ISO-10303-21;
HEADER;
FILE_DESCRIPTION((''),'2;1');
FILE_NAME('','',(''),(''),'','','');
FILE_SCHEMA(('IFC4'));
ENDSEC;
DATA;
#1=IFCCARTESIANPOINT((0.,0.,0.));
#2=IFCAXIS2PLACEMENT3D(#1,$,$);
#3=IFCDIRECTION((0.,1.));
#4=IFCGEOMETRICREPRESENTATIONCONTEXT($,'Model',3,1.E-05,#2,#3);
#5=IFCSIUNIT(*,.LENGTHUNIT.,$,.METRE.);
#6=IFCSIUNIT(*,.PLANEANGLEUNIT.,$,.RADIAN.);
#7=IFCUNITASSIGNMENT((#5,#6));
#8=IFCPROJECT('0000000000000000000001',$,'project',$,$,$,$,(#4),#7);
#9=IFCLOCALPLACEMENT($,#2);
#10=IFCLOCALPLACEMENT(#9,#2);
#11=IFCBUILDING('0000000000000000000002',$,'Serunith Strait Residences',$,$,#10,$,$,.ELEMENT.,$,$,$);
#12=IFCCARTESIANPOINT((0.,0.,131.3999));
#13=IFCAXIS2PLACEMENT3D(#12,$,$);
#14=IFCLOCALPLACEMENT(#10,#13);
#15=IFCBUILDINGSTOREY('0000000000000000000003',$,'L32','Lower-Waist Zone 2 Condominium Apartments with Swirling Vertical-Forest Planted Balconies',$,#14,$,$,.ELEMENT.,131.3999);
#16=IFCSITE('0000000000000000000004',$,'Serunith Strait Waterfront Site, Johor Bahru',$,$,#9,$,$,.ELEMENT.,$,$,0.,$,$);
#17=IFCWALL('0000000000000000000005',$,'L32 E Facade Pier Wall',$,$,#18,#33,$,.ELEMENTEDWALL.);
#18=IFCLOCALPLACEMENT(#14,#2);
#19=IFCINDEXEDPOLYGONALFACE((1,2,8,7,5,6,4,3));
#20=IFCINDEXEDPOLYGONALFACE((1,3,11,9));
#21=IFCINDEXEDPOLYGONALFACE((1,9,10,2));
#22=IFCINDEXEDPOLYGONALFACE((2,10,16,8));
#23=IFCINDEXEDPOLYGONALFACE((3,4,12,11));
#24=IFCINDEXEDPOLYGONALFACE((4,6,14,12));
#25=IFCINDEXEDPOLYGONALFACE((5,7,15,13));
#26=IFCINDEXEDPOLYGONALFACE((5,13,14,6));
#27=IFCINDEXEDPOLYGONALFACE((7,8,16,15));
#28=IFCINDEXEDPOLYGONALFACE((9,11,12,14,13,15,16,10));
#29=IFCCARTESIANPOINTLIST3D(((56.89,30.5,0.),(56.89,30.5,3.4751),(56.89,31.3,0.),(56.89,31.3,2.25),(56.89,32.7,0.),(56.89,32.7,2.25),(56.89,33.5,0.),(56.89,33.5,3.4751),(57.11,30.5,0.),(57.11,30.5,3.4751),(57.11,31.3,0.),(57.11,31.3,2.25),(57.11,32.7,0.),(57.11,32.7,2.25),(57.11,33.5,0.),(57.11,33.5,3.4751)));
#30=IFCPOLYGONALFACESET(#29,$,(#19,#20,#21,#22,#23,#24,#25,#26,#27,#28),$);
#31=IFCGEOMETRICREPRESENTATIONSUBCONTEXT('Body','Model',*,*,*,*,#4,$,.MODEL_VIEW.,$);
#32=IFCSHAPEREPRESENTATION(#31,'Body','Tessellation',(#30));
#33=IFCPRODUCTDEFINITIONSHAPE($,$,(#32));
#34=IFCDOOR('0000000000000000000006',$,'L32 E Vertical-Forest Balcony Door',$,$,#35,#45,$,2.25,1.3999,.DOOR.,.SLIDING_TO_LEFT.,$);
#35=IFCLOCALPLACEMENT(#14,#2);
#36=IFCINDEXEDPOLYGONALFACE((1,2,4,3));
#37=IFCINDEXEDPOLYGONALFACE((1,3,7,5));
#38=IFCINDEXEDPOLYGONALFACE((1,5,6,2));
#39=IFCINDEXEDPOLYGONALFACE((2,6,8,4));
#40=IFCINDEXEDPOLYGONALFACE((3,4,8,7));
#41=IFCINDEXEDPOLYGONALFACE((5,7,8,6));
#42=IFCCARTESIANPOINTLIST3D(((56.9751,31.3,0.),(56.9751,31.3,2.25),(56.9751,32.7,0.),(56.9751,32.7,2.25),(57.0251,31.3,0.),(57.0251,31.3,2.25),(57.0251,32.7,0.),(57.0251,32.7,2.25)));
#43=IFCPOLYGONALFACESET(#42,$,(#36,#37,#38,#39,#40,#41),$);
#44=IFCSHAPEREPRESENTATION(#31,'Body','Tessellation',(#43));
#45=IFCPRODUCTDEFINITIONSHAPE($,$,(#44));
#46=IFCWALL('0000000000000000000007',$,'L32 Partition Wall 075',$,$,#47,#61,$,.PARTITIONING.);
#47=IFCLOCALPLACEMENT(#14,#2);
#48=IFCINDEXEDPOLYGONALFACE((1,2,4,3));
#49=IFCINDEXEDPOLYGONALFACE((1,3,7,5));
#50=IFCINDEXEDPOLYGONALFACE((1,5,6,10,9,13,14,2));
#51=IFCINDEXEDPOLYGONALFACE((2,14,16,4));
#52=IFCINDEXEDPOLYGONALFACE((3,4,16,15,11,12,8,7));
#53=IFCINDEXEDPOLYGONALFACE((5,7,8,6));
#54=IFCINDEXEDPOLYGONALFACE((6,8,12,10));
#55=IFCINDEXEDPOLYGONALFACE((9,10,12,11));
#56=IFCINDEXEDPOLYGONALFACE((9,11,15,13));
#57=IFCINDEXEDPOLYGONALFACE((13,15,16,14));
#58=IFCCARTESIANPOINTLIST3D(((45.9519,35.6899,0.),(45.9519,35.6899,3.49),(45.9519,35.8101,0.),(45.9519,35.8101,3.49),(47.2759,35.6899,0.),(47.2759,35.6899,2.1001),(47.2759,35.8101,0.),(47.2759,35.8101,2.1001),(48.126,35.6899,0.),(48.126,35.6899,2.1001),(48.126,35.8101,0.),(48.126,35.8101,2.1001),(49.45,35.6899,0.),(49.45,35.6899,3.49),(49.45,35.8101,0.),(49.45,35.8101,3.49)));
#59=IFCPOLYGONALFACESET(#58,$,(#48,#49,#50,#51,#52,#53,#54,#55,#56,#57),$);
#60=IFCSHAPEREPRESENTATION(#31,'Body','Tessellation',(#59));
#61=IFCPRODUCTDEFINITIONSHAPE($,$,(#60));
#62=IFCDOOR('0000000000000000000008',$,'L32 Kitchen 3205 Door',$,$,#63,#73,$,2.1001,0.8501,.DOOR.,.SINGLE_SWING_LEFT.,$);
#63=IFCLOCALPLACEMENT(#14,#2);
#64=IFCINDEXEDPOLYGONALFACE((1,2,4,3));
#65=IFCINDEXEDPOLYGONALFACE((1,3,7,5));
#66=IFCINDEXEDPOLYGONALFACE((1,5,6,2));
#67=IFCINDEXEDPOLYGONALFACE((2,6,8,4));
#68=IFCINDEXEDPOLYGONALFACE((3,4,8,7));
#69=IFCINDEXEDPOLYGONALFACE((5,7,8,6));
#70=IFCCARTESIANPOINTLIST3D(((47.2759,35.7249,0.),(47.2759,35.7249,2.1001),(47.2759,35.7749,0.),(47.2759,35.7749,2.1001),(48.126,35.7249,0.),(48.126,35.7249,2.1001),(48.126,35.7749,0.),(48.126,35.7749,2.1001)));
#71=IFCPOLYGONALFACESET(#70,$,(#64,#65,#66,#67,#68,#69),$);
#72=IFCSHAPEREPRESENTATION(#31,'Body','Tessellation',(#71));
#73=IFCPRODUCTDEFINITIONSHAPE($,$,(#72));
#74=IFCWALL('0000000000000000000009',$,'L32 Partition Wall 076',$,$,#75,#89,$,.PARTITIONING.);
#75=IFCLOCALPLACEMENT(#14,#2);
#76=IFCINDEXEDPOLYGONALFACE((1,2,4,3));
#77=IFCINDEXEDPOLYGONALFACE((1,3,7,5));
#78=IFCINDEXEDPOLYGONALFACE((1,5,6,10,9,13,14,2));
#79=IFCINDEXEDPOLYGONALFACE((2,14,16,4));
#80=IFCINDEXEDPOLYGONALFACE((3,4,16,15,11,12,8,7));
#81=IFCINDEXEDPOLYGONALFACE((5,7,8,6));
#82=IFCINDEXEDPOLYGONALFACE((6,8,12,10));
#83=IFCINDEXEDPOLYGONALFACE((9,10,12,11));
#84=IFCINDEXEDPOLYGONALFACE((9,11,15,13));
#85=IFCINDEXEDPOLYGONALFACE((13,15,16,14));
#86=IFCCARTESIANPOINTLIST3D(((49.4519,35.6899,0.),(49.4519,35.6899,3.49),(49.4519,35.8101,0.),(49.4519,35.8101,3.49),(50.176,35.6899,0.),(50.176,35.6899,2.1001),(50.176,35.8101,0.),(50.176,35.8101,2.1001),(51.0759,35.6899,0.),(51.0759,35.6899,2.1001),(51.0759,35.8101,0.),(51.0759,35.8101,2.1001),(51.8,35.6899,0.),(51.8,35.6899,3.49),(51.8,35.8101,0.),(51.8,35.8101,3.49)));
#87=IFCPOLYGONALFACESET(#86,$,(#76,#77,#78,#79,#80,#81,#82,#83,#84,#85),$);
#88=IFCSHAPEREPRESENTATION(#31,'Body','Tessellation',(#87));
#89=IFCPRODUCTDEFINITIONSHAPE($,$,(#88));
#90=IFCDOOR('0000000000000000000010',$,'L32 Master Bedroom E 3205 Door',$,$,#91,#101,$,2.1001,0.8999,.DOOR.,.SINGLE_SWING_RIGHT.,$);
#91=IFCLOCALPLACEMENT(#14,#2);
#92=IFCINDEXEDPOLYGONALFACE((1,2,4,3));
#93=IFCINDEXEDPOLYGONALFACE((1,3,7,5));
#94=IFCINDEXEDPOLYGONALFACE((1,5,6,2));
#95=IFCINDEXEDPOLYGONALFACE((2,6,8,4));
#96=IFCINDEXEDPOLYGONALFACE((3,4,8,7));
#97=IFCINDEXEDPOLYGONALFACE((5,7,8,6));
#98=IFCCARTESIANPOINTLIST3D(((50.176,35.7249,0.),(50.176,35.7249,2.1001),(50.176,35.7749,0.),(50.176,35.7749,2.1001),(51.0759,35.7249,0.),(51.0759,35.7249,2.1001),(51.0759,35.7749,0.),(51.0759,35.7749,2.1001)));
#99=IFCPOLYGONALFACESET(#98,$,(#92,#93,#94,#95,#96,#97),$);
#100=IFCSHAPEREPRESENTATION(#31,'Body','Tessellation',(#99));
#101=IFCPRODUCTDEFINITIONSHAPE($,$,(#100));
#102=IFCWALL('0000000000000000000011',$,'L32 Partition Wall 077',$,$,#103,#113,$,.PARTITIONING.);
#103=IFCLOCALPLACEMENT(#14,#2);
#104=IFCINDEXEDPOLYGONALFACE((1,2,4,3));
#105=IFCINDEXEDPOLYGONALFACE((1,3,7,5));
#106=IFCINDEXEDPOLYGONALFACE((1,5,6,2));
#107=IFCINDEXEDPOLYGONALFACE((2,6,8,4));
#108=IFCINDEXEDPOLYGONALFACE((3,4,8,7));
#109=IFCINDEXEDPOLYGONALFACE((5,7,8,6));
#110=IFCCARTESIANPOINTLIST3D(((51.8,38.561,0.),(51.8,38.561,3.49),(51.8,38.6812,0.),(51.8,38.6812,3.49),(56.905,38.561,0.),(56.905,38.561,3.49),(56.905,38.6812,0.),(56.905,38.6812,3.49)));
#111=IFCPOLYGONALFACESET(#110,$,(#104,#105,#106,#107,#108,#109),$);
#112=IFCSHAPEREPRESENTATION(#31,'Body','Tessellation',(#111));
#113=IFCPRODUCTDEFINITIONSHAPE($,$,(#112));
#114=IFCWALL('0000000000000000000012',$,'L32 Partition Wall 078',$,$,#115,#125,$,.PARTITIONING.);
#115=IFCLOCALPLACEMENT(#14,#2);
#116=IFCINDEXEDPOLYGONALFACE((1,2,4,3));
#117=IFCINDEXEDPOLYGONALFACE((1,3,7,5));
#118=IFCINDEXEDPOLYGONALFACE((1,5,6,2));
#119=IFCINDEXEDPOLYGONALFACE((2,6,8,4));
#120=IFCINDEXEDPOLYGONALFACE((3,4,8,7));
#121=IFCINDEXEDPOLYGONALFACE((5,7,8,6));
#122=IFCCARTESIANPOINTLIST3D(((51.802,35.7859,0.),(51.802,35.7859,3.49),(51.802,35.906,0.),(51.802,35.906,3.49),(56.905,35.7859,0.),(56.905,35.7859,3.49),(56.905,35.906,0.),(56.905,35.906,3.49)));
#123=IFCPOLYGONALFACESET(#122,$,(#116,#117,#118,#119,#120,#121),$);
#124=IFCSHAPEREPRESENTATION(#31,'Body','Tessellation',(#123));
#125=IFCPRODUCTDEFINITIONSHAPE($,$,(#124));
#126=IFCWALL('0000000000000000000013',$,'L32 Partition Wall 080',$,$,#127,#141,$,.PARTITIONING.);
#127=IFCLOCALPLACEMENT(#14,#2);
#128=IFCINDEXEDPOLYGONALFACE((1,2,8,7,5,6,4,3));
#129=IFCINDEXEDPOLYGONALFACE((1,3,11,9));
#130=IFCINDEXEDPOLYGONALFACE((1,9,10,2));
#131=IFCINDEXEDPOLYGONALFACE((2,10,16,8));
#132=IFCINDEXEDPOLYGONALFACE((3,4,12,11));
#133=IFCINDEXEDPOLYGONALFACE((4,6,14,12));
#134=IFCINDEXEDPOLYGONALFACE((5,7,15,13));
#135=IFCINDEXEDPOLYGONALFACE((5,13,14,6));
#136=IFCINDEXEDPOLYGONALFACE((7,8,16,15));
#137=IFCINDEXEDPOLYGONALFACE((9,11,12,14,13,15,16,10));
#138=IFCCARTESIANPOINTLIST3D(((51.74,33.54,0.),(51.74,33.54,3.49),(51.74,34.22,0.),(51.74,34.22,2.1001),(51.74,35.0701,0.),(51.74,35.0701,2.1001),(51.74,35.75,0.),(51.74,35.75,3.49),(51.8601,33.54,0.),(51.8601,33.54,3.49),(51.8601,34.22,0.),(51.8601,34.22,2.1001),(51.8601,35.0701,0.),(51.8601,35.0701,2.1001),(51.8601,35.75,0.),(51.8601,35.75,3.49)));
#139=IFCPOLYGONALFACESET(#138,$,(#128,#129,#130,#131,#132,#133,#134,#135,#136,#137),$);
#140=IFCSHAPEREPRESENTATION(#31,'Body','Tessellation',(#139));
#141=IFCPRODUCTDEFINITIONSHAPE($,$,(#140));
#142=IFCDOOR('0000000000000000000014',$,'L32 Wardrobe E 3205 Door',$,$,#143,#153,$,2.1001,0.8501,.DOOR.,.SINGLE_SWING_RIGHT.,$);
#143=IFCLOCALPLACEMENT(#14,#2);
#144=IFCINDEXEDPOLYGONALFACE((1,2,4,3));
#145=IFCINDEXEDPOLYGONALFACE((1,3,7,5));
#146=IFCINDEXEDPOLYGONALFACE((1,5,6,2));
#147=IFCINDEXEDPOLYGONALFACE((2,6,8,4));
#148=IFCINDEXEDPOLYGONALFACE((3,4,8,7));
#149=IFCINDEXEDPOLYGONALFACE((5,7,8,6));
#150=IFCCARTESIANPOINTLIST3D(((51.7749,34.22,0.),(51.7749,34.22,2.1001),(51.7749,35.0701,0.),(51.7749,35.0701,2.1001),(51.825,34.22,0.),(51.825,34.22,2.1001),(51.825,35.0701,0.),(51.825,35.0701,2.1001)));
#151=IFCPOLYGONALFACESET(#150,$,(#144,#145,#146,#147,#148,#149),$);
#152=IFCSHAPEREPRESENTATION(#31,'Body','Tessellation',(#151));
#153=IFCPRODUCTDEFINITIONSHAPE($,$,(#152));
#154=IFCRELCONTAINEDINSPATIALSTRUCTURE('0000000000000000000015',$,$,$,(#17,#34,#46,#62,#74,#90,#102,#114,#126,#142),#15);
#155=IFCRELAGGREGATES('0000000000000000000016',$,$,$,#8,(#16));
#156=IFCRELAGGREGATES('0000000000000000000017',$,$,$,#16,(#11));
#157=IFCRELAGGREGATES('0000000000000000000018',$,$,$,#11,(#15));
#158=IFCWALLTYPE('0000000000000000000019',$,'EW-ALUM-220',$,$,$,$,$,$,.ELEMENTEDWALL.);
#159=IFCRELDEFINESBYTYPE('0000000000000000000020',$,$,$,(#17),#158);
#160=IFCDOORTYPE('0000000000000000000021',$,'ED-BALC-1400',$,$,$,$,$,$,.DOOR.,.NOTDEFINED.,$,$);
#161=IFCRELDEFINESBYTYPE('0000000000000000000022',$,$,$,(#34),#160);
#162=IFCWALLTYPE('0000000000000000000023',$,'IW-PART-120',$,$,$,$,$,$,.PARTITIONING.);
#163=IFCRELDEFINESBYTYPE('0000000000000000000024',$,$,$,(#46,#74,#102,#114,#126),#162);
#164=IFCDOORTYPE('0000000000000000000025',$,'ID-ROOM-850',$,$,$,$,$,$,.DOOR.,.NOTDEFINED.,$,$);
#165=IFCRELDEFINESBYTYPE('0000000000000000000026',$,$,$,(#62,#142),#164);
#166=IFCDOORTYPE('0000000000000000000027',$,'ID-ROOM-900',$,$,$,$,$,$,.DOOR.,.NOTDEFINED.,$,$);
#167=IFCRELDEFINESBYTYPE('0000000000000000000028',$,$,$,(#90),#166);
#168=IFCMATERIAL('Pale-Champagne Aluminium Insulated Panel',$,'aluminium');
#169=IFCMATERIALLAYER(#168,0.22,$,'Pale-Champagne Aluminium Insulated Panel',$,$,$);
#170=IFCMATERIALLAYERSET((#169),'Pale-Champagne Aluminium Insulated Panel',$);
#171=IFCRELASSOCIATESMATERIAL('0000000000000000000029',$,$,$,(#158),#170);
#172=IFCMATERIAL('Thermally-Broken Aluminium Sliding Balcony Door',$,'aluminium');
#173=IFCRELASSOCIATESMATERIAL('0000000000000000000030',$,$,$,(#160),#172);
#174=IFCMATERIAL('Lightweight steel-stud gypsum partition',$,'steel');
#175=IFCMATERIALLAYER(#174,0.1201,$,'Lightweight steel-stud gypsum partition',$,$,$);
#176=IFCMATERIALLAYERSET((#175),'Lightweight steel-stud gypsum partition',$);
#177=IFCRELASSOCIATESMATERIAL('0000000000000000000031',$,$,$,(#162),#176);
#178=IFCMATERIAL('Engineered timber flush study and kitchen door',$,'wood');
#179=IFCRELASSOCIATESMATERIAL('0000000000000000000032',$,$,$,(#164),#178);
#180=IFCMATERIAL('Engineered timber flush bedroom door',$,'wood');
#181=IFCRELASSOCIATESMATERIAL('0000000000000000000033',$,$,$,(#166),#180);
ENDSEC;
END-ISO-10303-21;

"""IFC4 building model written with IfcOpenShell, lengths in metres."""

from ifc_helpers import new_model, si_unit, direction, frame, frame_2d, origin, place, context, subcontext, project, spatial, rectangle, extrude, source, transform, mapped, material, layer, layer_set, type_object, element, fill, save


model = new_model("IFC4")

# Units and contexts
model_context = context("Model", 3, precision=1e-05, world=origin(), true_north=direction((0.0, 1.0)))
body_context = subcontext(model_context, "Body", "Model", "MODEL_VIEW")
ifc_project = project(units=[si_unit("LENGTHUNIT", "METRE"), si_unit("PLANEANGLEUNIT", "RADIAN")], contexts=[model_context])

# Site, building, storey
site_placement = place(None, origin())
site = spatial("IfcSite", under=ifc_project, at=site_placement, Name="Serunith Strait Waterfront Site, Johor Bahru", CompositionType="ELEMENT", RefElevation=0.0)
building_placement = place(site_placement, origin())
building = spatial("IfcBuilding", under=site, at=building_placement, Name="Serunith Strait Residences", CompositionType="ELEMENT")
storey_placement = place(building_placement, frame((0.0, 0.0, 131.3999)))
storey = spatial("IfcBuildingStorey", under=building, at=storey_placement, Name="L32", Description="Lower-Waist Zone 2 Condominium Apartments with Swirling Vertical-Forest Planted Balconies", CompositionType="ELEMENT", Elevation=131.3999)

# Walls, openings, doors
ifc_material_1 = material(Name="Pale-Champagne Aluminium Insulated Panel", Category="aluminium")
ifc_layer_1 = layer(ifc_material_1, 0.22, Name="Pale-Champagne Aluminium Insulated Panel")
ifc_layer_set_1 = layer_set([ifc_layer_1], Name="Pale-Champagne Aluminium Insulated Panel")
wall_type_1 = type_object("IfcWallType", Name="EW-ALUM-220", PredefinedType="ELEMENTEDWALL", material=ifc_layer_set_1)
wall_1_placement = place(storey_placement, frame((57.0, 30.5, 0.0), z_axis=(0.0, 0.0, 1.0), x_axis=(0.0, 1.0, 0.0)))
wall_1 = element("IfcWall", 1, at=wall_1_placement, inside=storey, type_object=wall_type_1, Name="L32 E Facade Pier Wall", PredefinedType="ELEMENTEDWALL", context=body_context, shape_type="SweptSolid", body=[
    extrude(rectangle(XDim=3.0, YDim=0.22, at=frame_2d((1.5, 0.0))), origin(), (0.0, 0.0, 1.0), 3.4751),
])
opening_1_placement = place(wall_1_placement, frame((0.8, 0.0, 0.0)))
opening_1 = element("IfcOpeningElement", 2, at=opening_1_placement, cuts=wall_1, PredefinedType="OPENING", context=body_context, shape_type="SweptSolid", body=[
    extrude(rectangle(XDim=1.3999, YDim=2.25, at=frame_2d((0.7, 1.125))), frame((0.0, 0.1201, 0.0), z_axis=(0.0, -1.0, 0.0), x_axis=(1.0, 0.0, 0.0)), (0.0, 0.0, 1.0), 0.24),
])
ifc_material_2 = material(Name="Thermally-Broken Aluminium Sliding Balcony Door", Category="aluminium")
door_type_1 = type_object("IfcDoorType", Name="ED-BALC-1400", OperationType="NOTDEFINED", PredefinedType="DOOR", material=ifc_material_2)
shared_shape_1 = source(origin(), body_context, "Body", "SweptSolid", [
    extrude(rectangle(XDim=1.3999, YDim=2.25, at=frame_2d((0.7, 1.125))), frame((0.0, 0.0249, 0.0), z_axis=(0.0, -1.0, 0.0), x_axis=(1.0, 0.0, 0.0)), (0.0, 0.0, 1.0), 0.05),
])
door_1_placement = place(opening_1_placement, origin())
door_1 = element("IfcDoor", 3, at=door_1_placement, inside=storey, type_object=door_type_1, Name="L32 E Vertical-Forest Balcony Door", OperationType="SLIDING_TO_LEFT", OverallHeight=2.25, OverallWidth=1.3999, PredefinedType="DOOR", context=body_context, shape_type="MappedRepresentation", body=[
    mapped(shared_shape_1, transform((0.0, 0.0, 0.0), scale=1.0)),
])
fill(opening_1, door_1)
ifc_material_3 = material(Name="Lightweight steel-stud gypsum partition", Category="steel")
ifc_layer_2 = layer(ifc_material_3, 0.1201, Name="Lightweight steel-stud gypsum partition")
ifc_layer_set_2 = layer_set([ifc_layer_2], Name="Lightweight steel-stud gypsum partition")
wall_type_2 = type_object("IfcWallType", Name="IW-PART-120", PredefinedType="PARTITIONING", material=ifc_layer_set_2)
wall_2_placement = place(storey_placement, frame((45.9519, 35.75, 0.0), z_axis=(0.0, 0.0, 1.0), x_axis=(1.0, 0.0, 0.0)))
wall_2 = element("IfcWall", 4, at=wall_2_placement, inside=storey, type_object=wall_type_2, Name="L32 Partition Wall 075", PredefinedType="PARTITIONING", context=body_context, shape_type="SweptSolid", body=[
    extrude(rectangle(XDim=3.498, YDim=0.1201, at=frame_2d((1.749, 0.0))), origin(), (0.0, 0.0, 1.0), 3.49),
])
opening_2_placement = place(wall_2_placement, frame((1.324, 0.0, 0.0)))
opening_2 = element("IfcOpeningElement", 5, at=opening_2_placement, cuts=wall_2, PredefinedType="OPENING", context=body_context, shape_type="SweptSolid", body=[
    extrude(rectangle(XDim=0.8501, YDim=2.1001, at=frame_2d((0.425, 1.05))), frame((0.0, 0.0701, 0.0), z_axis=(0.0, -1.0, 0.0), x_axis=(1.0, 0.0, 0.0)), (0.0, 0.0, 1.0), 0.1401),
])
ifc_material_4 = material(Name="Engineered timber flush study and kitchen door", Category="wood")
door_type_2 = type_object("IfcDoorType", Name="ID-ROOM-850", OperationType="NOTDEFINED", PredefinedType="DOOR", material=ifc_material_4)
shared_shape_2 = source(origin(), body_context, "Body", "SweptSolid", [
    extrude(rectangle(XDim=0.8501, YDim=2.1001, at=frame_2d((0.425, 1.05))), frame((0.0, 0.0249, 0.0), z_axis=(0.0, -1.0, 0.0), x_axis=(1.0, 0.0, 0.0)), (0.0, 0.0, 1.0), 0.05),
])
door_2_placement = place(opening_2_placement, origin())
door_2 = element("IfcDoor", 6, at=door_2_placement, inside=storey, type_object=door_type_2, Name="L32 Kitchen 3205 Door", OperationType="SINGLE_SWING_LEFT", OverallHeight=2.1001, OverallWidth=0.8501, PredefinedType="DOOR", context=body_context, shape_type="MappedRepresentation", body=[
    mapped(shared_shape_2, transform((0.0, 0.0, 0.0), scale=1.0)),
])
fill(opening_2, door_2)
wall_3_placement = place(storey_placement, frame((49.4519, 35.75, 0.0), z_axis=(0.0, 0.0, 1.0), x_axis=(1.0, 0.0, 0.0)))
wall_3 = element("IfcWall", 7, at=wall_3_placement, inside=storey, type_object=wall_type_2, Name="L32 Partition Wall 076", PredefinedType="PARTITIONING", context=body_context, shape_type="SweptSolid", body=[
    extrude(rectangle(XDim=2.3481, YDim=0.1201, at=frame_2d((1.1741, 0.0))), origin(), (0.0, 0.0, 1.0), 3.49),
])
opening_3_placement = place(wall_3_placement, frame((0.7241, 0.0, 0.0)))
opening_3 = element("IfcOpeningElement", 8, at=opening_3_placement, cuts=wall_3, PredefinedType="OPENING", context=body_context, shape_type="SweptSolid", body=[
    extrude(rectangle(XDim=0.8999, YDim=2.1001, at=frame_2d((0.45, 1.05))), frame((0.0, 0.0701, 0.0), z_axis=(0.0, -1.0, 0.0), x_axis=(1.0, 0.0, 0.0)), (0.0, 0.0, 1.0), 0.1401),
])
ifc_material_5 = material(Name="Engineered timber flush bedroom door", Category="wood")
door_type_3 = type_object("IfcDoorType", Name="ID-ROOM-900", OperationType="NOTDEFINED", PredefinedType="DOOR", material=ifc_material_5)
shared_shape_3 = source(origin(), body_context, "Body", "SweptSolid", [
    extrude(rectangle(XDim=0.8999, YDim=2.1001, at=frame_2d((0.45, 1.05))), frame((0.0, 0.0249, 0.0), z_axis=(0.0, -1.0, 0.0), x_axis=(1.0, 0.0, 0.0)), (0.0, 0.0, 1.0), 0.05),
])
door_3_placement = place(opening_3_placement, origin())
door_3 = element("IfcDoor", 9, at=door_3_placement, inside=storey, type_object=door_type_3, Name="L32 Master Bedroom E 3205 Door", OperationType="SINGLE_SWING_RIGHT", OverallHeight=2.1001, OverallWidth=0.8999, PredefinedType="DOOR", context=body_context, shape_type="MappedRepresentation", body=[
    mapped(shared_shape_3, transform((0.0, 0.0, 0.0), scale=1.0)),
])
fill(opening_3, door_3)

# Walls
wall_4_placement = place(storey_placement, frame((51.8, 38.6211, 0.0), z_axis=(0.0, 0.0, 1.0), x_axis=(1.0, 0.0, 0.0)))
element("IfcWall", 10, at=wall_4_placement, inside=storey, type_object=wall_type_2, Name="L32 Partition Wall 077", PredefinedType="PARTITIONING", context=body_context, shape_type="SweptSolid", body=[
    extrude(rectangle(XDim=5.105, YDim=0.1201, at=frame_2d((2.5525, 0.0))), origin(), (0.0, 0.0, 1.0), 3.49),
])
wall_5_placement = place(storey_placement, frame((51.802, 35.8459, 0.0), z_axis=(0.0, 0.0, 1.0), x_axis=(1.0, 0.0, 0.0)))
element("IfcWall", 11, at=wall_5_placement, inside=storey, type_object=wall_type_2, Name="L32 Partition Wall 078", PredefinedType="PARTITIONING", context=body_context, shape_type="SweptSolid", body=[
    extrude(rectangle(XDim=5.103, YDim=0.1201, at=frame_2d((2.5515, 0.0))), origin(), (0.0, 0.0, 1.0), 3.49),
])

# Wall, opening, door
wall_6_placement = place(storey_placement, frame((51.8, 35.75, 0.0), z_axis=(0.0, 0.0, 1.0), x_axis=(0.0, -1.0, 0.0)))
wall_6 = element("IfcWall", 12, at=wall_6_placement, inside=storey, type_object=wall_type_2, Name="L32 Partition Wall 080", PredefinedType="PARTITIONING", context=body_context, shape_type="SweptSolid", body=[
    extrude(rectangle(XDim=2.21, YDim=0.1201, at=frame_2d((1.105, 0.0))), origin(), (0.0, 0.0, 1.0), 3.49),
])
opening_4_placement = place(wall_6_placement, frame((0.6799, 0.0, 0.0)))
opening_4 = element("IfcOpeningElement", 13, at=opening_4_placement, cuts=wall_6, PredefinedType="OPENING", context=body_context, shape_type="SweptSolid", body=[
    extrude(rectangle(XDim=0.8501, YDim=2.1001, at=frame_2d((0.425, 1.05))), frame((0.0, 0.0701, 0.0), z_axis=(0.0, -1.0, 0.0), x_axis=(1.0, 0.0, 0.0)), (0.0, 0.0, 1.0), 0.1401),
])
door_4_placement = place(opening_4_placement, origin())
door_4 = element("IfcDoor", 14, at=door_4_placement, inside=storey, type_object=door_type_2, Name="L32 Wardrobe E 3205 Door", OperationType="SINGLE_SWING_RIGHT", OverallHeight=2.1001, OverallWidth=0.8501, PredefinedType="DOOR", context=body_context, shape_type="MappedRepresentation", body=[
    mapped(shared_shape_2, transform((0.0, 0.0, 0.0), scale=1.0)),
])
fill(opening_4, door_4)

save(model, "model.ifc")
